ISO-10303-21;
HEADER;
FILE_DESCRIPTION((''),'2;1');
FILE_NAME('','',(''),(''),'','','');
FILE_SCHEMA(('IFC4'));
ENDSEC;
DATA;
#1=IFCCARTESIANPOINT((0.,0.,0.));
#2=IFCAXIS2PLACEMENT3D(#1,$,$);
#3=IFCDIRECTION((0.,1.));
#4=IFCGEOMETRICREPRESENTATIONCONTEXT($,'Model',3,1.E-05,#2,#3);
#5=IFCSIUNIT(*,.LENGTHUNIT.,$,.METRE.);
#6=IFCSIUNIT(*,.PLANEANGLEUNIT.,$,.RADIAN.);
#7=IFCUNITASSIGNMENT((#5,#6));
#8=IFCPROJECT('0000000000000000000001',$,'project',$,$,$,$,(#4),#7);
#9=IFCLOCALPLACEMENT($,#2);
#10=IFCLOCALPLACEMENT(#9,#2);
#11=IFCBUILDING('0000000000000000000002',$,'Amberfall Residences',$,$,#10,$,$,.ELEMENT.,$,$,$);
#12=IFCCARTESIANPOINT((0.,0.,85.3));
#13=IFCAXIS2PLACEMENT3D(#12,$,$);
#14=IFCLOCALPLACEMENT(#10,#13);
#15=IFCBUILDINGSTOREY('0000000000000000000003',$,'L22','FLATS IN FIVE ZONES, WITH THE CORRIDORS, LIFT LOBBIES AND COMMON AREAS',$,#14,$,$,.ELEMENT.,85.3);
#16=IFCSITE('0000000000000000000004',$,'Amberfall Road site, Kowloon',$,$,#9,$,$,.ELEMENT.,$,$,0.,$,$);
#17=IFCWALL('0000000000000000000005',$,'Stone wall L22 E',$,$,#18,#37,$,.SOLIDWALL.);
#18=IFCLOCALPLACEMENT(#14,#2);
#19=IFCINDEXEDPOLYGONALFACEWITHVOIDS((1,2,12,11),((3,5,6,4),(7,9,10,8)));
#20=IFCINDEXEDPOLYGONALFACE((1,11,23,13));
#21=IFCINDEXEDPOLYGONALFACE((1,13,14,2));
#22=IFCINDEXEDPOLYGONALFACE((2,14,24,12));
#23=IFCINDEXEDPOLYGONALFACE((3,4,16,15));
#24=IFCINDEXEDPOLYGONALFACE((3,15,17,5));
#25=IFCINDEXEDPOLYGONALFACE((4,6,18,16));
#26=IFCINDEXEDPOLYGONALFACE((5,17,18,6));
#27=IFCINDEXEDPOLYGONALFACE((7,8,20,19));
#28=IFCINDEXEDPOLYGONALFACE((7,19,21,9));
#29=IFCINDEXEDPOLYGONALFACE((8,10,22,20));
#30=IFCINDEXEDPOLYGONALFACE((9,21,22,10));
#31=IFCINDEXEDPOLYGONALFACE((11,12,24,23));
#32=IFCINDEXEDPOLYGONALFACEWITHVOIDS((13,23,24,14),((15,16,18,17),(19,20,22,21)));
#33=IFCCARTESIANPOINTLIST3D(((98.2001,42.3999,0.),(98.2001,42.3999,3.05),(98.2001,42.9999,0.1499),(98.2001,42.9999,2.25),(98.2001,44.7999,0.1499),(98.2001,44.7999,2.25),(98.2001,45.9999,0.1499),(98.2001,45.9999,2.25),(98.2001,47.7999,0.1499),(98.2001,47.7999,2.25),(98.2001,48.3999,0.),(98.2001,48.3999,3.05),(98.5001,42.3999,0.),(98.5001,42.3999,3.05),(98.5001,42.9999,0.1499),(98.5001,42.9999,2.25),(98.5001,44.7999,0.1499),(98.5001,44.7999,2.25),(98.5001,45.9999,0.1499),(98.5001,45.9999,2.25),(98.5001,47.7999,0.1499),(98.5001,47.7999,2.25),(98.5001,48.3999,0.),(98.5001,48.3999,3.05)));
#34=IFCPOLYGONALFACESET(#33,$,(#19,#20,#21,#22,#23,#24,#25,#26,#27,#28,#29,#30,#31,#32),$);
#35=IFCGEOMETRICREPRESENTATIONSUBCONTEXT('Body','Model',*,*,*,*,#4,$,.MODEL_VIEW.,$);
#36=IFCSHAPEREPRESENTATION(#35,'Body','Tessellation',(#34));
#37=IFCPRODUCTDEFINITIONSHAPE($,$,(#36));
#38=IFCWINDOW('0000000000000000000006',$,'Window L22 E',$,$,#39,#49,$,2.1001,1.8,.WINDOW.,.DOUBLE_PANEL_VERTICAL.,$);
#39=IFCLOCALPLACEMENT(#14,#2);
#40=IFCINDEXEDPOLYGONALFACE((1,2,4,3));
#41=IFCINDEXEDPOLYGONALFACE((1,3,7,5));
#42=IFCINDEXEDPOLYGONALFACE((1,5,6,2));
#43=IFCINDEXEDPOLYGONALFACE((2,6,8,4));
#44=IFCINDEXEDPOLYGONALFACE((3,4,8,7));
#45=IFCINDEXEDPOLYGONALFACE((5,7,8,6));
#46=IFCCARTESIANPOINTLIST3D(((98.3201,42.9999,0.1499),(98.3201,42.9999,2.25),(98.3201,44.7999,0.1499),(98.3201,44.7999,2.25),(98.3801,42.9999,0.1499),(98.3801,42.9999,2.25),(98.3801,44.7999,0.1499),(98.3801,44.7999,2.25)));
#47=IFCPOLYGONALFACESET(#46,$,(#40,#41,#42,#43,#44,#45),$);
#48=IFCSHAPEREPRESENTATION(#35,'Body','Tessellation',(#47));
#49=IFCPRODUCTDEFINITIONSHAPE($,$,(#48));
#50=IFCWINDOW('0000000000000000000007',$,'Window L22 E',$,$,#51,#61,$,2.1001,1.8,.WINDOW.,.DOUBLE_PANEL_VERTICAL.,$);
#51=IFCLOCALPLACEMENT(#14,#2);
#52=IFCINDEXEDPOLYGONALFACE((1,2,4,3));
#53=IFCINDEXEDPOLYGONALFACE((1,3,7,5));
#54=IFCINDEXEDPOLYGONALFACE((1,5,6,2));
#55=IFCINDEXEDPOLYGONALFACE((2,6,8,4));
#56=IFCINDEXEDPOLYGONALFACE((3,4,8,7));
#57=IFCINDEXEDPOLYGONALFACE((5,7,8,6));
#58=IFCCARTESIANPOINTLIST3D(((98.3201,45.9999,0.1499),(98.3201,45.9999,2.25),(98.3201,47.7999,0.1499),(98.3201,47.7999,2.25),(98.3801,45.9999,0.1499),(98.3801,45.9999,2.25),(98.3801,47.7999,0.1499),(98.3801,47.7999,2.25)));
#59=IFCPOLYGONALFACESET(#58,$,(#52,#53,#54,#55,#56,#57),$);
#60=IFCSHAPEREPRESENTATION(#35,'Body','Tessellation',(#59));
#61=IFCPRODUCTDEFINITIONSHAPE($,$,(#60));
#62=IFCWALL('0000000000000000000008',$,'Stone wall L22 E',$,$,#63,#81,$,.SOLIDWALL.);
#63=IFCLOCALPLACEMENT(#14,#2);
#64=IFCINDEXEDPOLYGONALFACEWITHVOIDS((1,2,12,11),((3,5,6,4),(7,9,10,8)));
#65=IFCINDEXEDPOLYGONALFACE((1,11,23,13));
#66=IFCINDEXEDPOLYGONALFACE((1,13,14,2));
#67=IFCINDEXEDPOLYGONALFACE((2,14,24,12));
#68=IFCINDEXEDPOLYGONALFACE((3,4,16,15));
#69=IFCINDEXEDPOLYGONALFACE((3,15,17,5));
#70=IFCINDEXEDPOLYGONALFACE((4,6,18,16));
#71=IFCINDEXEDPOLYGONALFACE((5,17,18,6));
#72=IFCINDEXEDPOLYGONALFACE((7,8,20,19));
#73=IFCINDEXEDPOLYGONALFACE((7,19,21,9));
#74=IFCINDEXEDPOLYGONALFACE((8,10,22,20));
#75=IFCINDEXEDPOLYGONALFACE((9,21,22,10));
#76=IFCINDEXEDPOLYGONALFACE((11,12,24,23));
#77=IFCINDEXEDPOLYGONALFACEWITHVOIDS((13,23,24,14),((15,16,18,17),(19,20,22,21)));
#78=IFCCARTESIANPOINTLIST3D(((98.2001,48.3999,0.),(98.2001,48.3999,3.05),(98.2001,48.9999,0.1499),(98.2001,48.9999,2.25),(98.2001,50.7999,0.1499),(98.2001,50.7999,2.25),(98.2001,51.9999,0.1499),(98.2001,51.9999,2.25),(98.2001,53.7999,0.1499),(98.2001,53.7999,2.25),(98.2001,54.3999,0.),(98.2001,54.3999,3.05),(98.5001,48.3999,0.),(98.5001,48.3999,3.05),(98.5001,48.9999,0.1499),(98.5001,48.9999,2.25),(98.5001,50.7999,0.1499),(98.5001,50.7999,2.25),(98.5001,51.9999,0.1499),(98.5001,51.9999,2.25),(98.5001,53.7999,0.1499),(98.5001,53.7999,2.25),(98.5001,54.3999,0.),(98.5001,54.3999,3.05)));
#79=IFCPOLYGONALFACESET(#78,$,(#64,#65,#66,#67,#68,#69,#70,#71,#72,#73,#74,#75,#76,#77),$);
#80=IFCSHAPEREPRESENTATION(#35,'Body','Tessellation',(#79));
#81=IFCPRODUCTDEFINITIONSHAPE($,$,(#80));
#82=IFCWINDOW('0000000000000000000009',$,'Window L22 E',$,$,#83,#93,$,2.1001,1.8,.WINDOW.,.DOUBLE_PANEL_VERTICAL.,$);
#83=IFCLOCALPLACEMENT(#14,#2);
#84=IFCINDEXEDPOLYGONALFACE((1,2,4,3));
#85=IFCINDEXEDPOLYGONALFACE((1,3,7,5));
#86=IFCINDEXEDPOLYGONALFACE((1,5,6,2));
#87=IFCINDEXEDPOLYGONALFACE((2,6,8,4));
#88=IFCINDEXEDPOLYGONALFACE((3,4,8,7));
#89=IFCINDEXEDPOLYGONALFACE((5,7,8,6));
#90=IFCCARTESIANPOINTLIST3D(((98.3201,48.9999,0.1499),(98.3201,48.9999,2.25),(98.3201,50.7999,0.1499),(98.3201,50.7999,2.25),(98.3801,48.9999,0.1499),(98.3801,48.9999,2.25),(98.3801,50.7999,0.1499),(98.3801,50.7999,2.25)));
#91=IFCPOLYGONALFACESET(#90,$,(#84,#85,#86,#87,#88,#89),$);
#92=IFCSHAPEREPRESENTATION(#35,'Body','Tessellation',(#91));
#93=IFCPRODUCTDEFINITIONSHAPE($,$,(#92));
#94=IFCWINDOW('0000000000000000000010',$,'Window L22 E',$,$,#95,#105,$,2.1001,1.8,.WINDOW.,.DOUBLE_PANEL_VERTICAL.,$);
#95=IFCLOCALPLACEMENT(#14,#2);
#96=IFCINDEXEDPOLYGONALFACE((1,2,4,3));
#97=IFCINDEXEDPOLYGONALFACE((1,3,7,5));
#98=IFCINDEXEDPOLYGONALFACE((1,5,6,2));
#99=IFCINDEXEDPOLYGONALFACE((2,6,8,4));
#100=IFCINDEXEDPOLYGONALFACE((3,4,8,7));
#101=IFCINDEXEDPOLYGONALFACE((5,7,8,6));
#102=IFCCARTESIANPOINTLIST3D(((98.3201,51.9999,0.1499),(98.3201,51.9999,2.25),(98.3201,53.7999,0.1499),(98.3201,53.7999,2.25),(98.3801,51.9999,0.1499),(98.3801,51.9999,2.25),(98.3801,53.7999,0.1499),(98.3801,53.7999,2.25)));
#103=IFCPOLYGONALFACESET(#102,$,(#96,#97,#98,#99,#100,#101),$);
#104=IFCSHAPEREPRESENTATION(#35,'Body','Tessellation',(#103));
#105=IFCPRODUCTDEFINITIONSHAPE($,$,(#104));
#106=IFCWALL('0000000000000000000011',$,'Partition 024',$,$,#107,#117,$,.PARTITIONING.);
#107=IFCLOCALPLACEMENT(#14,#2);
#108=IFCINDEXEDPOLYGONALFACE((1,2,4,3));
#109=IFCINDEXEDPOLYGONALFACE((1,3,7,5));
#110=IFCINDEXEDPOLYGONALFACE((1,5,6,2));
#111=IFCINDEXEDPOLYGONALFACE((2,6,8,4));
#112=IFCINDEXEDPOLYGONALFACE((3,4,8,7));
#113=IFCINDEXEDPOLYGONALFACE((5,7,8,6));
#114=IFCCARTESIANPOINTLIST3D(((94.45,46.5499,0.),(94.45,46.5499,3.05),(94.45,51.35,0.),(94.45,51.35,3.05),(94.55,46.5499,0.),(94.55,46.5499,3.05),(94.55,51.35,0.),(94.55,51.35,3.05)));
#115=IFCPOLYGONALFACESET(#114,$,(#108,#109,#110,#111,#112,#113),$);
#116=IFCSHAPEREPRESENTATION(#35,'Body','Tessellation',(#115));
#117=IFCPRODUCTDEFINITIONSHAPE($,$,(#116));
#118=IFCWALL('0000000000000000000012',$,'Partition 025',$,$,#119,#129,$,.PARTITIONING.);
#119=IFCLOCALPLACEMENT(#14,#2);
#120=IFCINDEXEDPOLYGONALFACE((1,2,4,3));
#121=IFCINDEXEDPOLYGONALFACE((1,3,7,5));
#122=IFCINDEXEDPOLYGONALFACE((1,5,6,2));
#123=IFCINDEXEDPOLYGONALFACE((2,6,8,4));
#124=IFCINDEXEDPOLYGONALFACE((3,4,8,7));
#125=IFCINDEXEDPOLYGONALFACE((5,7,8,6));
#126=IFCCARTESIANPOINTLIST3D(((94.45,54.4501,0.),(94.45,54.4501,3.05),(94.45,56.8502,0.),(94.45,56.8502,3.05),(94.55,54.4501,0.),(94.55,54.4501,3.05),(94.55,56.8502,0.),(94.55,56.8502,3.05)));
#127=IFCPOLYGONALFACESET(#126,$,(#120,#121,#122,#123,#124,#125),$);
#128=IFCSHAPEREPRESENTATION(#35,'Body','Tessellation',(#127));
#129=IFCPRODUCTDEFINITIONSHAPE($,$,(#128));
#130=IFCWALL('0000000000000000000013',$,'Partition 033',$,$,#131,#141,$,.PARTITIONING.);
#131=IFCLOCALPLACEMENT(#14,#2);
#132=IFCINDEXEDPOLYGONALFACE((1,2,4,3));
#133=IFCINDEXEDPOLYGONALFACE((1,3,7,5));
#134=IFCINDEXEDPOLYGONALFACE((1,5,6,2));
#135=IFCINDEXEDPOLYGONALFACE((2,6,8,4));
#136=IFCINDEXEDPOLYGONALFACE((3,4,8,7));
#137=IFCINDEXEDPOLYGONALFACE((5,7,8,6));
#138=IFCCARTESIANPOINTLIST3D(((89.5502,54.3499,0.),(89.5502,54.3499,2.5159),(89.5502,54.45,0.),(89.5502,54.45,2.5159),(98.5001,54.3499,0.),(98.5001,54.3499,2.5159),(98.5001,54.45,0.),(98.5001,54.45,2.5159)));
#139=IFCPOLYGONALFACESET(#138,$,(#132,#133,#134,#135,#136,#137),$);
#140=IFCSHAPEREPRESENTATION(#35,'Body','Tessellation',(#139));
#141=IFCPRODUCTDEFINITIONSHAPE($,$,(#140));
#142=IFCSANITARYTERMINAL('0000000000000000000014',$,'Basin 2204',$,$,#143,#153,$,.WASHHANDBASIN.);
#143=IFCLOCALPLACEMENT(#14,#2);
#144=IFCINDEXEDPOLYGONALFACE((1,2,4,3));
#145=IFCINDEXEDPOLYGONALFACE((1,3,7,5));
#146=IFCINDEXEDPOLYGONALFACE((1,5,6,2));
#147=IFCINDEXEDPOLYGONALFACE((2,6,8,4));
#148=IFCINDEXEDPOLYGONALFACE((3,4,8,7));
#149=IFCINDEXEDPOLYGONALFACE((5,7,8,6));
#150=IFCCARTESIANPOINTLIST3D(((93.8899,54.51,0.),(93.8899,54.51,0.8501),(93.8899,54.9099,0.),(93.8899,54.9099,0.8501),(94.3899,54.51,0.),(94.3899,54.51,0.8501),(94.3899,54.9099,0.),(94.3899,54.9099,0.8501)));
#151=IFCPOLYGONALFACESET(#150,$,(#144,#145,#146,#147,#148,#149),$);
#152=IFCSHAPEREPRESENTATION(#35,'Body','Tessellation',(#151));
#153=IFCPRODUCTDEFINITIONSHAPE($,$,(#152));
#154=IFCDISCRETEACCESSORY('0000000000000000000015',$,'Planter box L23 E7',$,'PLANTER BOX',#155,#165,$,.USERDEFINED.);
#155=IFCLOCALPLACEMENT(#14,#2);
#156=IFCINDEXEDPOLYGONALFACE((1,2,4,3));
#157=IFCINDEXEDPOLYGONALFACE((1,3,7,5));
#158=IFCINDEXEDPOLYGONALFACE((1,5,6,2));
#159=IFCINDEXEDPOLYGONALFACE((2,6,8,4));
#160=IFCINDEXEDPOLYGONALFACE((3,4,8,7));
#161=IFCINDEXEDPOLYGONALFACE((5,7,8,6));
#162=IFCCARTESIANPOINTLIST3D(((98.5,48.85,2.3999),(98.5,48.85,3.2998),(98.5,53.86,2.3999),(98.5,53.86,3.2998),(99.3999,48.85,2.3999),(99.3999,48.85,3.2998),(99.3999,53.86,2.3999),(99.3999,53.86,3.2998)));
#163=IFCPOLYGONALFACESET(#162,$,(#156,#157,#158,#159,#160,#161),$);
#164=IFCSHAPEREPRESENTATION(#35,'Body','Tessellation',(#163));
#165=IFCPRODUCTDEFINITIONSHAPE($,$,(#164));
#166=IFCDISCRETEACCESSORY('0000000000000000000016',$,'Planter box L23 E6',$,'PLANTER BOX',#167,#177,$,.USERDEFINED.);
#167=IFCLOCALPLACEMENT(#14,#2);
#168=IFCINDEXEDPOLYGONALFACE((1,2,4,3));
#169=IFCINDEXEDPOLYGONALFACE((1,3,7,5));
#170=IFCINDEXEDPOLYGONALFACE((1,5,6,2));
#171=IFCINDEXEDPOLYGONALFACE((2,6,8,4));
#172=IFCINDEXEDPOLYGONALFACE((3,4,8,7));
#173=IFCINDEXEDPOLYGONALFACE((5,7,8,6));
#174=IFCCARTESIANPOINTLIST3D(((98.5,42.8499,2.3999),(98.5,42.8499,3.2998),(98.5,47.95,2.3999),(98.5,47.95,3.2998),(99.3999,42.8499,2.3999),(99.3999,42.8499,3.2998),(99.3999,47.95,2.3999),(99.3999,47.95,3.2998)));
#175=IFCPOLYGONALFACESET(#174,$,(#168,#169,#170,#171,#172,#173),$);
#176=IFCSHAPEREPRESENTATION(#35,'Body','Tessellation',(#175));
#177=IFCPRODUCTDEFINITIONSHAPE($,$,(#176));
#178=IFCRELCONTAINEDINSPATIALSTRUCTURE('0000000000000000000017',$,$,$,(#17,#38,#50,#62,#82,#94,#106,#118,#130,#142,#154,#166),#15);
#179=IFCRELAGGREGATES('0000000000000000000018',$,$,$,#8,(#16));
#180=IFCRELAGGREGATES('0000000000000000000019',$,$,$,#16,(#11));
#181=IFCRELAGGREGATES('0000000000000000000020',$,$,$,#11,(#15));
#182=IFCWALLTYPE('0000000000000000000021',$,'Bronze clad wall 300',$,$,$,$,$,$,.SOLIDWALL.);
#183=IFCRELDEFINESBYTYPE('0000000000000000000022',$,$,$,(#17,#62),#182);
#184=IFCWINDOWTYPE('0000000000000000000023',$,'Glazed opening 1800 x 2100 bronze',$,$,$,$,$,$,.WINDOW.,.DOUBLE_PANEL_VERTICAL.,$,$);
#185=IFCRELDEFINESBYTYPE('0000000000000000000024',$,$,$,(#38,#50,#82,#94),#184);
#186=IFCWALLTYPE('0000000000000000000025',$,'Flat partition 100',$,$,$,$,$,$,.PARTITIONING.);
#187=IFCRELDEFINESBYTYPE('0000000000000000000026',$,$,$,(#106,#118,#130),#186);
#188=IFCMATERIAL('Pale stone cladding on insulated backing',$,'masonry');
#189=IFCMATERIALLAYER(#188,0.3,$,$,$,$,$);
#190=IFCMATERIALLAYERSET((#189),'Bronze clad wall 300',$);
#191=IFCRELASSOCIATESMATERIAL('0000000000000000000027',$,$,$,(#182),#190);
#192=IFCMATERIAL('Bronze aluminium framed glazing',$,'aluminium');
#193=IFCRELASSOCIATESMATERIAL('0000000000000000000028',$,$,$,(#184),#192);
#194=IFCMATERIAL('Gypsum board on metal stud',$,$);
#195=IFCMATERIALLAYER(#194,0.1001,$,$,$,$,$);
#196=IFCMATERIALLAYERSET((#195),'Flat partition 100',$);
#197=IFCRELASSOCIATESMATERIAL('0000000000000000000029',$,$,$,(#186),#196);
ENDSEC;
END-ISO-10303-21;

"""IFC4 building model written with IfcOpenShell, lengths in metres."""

from ifc_helpers import new_model, si_unit, direction, frame, frame_2d, origin, origin_2d, place, context, subcontext, project, spatial, rectangle, extrude, material, layer, layer_set, type_object, element, fill, save


model = new_model("IFC4")

# Units and contexts
model_context = context("Model", 3, precision=1e-05, world=origin(), true_north=direction((0.0, 1.0)))
body_context = subcontext(model_context, "Body", "Model", "MODEL_VIEW")
ifc_project = project(units=[si_unit("LENGTHUNIT", "METRE"), si_unit("PLANEANGLEUNIT", "RADIAN")], contexts=[model_context])

# Site, building, storey
site_placement = place(None, origin())
site = spatial("IfcSite", under=ifc_project, at=site_placement, Name="Amberfall Road site, Kowloon", CompositionType="ELEMENT", RefElevation=0.0)
building_placement = place(site_placement, origin())
building = spatial("IfcBuilding", under=site, at=building_placement, Name="Amberfall Residences", CompositionType="ELEMENT")
storey_placement = place(building_placement, frame((0.0, 0.0, 85.3)))
storey = spatial("IfcBuildingStorey", under=building, at=storey_placement, Name="L22", Description="FLATS IN FIVE ZONES, WITH THE CORRIDORS, LIFT LOBBIES AND COMMON AREAS", CompositionType="ELEMENT", Elevation=85.3)

# Shared definitions
ifc_material_1 = material(Name="Pale stone cladding on insulated backing", Category="masonry")
ifc_layer_1 = layer(ifc_material_1, 0.3)
ifc_layer_set_1 = layer_set([ifc_layer_1], Name="Bronze clad wall 300")
wall_type_1 = type_object("IfcWallType", Name="Bronze clad wall 300", PredefinedType="SOLIDWALL", material=ifc_layer_set_1)

# Walls, openings, windows
wall_1_placement = place(storey_placement, frame((98.3501, 42.3999, 0.0), z_axis=(0.0, 0.0, 1.0), x_axis=(0.0, 1.0, 0.0)))
wall_1 = element("IfcWall", 1, at=wall_1_placement, inside=storey, type_object=wall_type_1, Name="Stone wall L22 E", PredefinedType="SOLIDWALL", context=body_context, shape_type="SweptSolid", body=[
    extrude(rectangle(XDim=6.0, YDim=0.3, at=frame_2d((3.0, 0.0))), origin(), (0.0, 0.0, 1.0), 3.05),
])
opening_1_placement = place(wall_1_placement, frame((0.6001, 0.0, 0.1499)))
opening_1 = element("IfcOpeningElement", 2, at=opening_1_placement, cuts=wall_1, PredefinedType="OPENING", context=body_context, shape_type="SweptSolid", body=[
    extrude(rectangle(XDim=1.8, YDim=2.1001, at=frame_2d((0.8999, 1.05))), frame((0.0, 0.1599, 0.0), z_axis=(0.0, -1.0, 0.0), x_axis=(1.0, 0.0, 0.0)), (0.0, 0.0, 1.0), 0.3201),
])
opening_2_placement = place(wall_1_placement, frame((3.6001, 0.0, 0.1499)))
opening_2 = element("IfcOpeningElement", 3, at=opening_2_placement, cuts=wall_1, PredefinedType="OPENING", context=body_context, shape_type="SweptSolid", body=[
    extrude(rectangle(XDim=1.8, YDim=2.1001, at=frame_2d((0.8999, 1.05))), frame((0.0, 0.1599, 0.0), z_axis=(0.0, -1.0, 0.0), x_axis=(1.0, 0.0, 0.0)), (0.0, 0.0, 1.0), 0.3201),
])
ifc_material_2 = material(Name="Bronze aluminium framed glazing", Category="aluminium")
window_type = type_object("IfcWindowType", Name="Glazed opening 1800 x 2100 bronze", PartitioningType="DOUBLE_PANEL_VERTICAL", PredefinedType="WINDOW", material=ifc_material_2)
window_1_placement = place(opening_1_placement, origin())
window_1 = element("IfcWindow", 4, at=window_1_placement, inside=storey, type_object=window_type, Name="Window L22 E", OverallHeight=2.1001, OverallWidth=1.8, PartitioningType="DOUBLE_PANEL_VERTICAL", PredefinedType="WINDOW", context=body_context, shape_type="SweptSolid", body=[
    extrude(rectangle(XDim=1.8, YDim=2.1001, at=frame_2d((0.8999, 1.05))), frame((0.0, 0.03, 0.0), z_axis=(0.0, -1.0, 0.0), x_axis=(1.0, 0.0, 0.0)), (0.0, 0.0, 1.0), 0.0601),
])
fill(opening_1, window_1)
window_2_placement = place(opening_2_placement, origin())
window_2 = element("IfcWindow", 5, at=window_2_placement, inside=storey, type_object=window_type, Name="Window L22 E", OverallHeight=2.1001, OverallWidth=1.8, PartitioningType="DOUBLE_PANEL_VERTICAL", PredefinedType="WINDOW", context=body_context, shape_type="SweptSolid", body=[
    extrude(rectangle(XDim=1.8, YDim=2.1001, at=frame_2d((0.8999, 1.05))), frame((0.0, 0.03, 0.0), z_axis=(0.0, -1.0, 0.0), x_axis=(1.0, 0.0, 0.0)), (0.0, 0.0, 1.0), 0.0601),
])
fill(opening_2, window_2)
wall_2_placement = place(storey_placement, frame((98.3501, 48.3999, 0.0), z_axis=(0.0, 0.0, 1.0), x_axis=(0.0, 1.0, 0.0)))
wall_2 = element("IfcWall", 6, at=wall_2_placement, inside=storey, type_object=wall_type_1, Name="Stone wall L22 E", PredefinedType="SOLIDWALL", context=body_context, shape_type="SweptSolid", body=[
    extrude(rectangle(XDim=6.0, YDim=0.3, at=frame_2d((3.0, 0.0))), origin(), (0.0, 0.0, 1.0), 3.05),
])
opening_3_placement = place(wall_2_placement, frame((0.6001, 0.0, 0.1499)))
opening_3 = element("IfcOpeningElement", 7, at=opening_3_placement, cuts=wall_2, PredefinedType="OPENING", context=body_context, shape_type="SweptSolid", body=[
    extrude(rectangle(XDim=1.8, YDim=2.1001, at=frame_2d((0.8999, 1.05))), frame((0.0, 0.1599, 0.0), z_axis=(0.0, -1.0, 0.0), x_axis=(1.0, 0.0, 0.0)), (0.0, 0.0, 1.0), 0.3201),
])
opening_4_placement = place(wall_2_placement, frame((3.6001, 0.0, 0.1499)))
opening_4 = element("IfcOpeningElement", 8, at=opening_4_placement, cuts=wall_2, PredefinedType="OPENING", context=body_context, shape_type="SweptSolid", body=[
    extrude(rectangle(XDim=1.8, YDim=2.1001, at=frame_2d((0.8999, 1.05))), frame((0.0, 0.1599, 0.0), z_axis=(0.0, -1.0, 0.0), x_axis=(1.0, 0.0, 0.0)), (0.0, 0.0, 1.0), 0.3201),
])
window_3_placement = place(opening_3_placement, origin())
window_3 = element("IfcWindow", 9, at=window_3_placement, inside=storey, type_object=window_type, Name="Window L22 E", OverallHeight=2.1001, OverallWidth=1.8, PartitioningType="DOUBLE_PANEL_VERTICAL", PredefinedType="WINDOW", context=body_context, shape_type="SweptSolid", body=[
    extrude(rectangle(XDim=1.8, YDim=2.1001, at=frame_2d((0.8999, 1.05))), frame((0.0, 0.03, 0.0), z_axis=(0.0, -1.0, 0.0), x_axis=(1.0, 0.0, 0.0)), (0.0, 0.0, 1.0), 0.0601),
])
fill(opening_3, window_3)
window_4_placement = place(opening_4_placement, origin())
window_4 = element("IfcWindow", 10, at=window_4_placement, inside=storey, type_object=window_type, Name="Window L22 E", OverallHeight=2.1001, OverallWidth=1.8, PartitioningType="DOUBLE_PANEL_VERTICAL", PredefinedType="WINDOW", context=body_context, shape_type="SweptSolid", body=[
    extrude(rectangle(XDim=1.8, YDim=2.1001, at=frame_2d((0.8999, 1.05))), frame((0.0, 0.03, 0.0), z_axis=(0.0, -1.0, 0.0), x_axis=(1.0, 0.0, 0.0)), (0.0, 0.0, 1.0), 0.0601),
])
fill(opening_4, window_4)

# Walls
ifc_material_3 = material(Name="Gypsum board on metal stud")
ifc_layer_2 = layer(ifc_material_3, 0.1001)
ifc_layer_set_2 = layer_set([ifc_layer_2], Name="Flat partition 100")
wall_type_2 = type_object("IfcWallType", Name="Flat partition 100", PredefinedType="PARTITIONING", material=ifc_layer_set_2)
wall_3_placement = place(storey_placement, frame((94.5, 46.55, 0.0), z_axis=(0.0, 0.0, 1.0), x_axis=(0.0, 1.0, 0.0)))
element("IfcWall", 11, at=wall_3_placement, inside=storey, type_object=wall_type_2, Name="Partition 024", PredefinedType="PARTITIONING", context=body_context, shape_type="SweptSolid", body=[
    extrude(rectangle(XDim=4.8, YDim=0.1001, at=frame_2d((2.3999, 0.0))), origin(), (0.0, 0.0, 1.0), 3.05),
])
wall_4_placement = place(storey_placement, frame((94.5, 54.45, 0.0), z_axis=(0.0, 0.0, 1.0), x_axis=(0.0, 1.0, 0.0)))
element("IfcWall", 12, at=wall_4_placement, inside=storey, type_object=wall_type_2, Name="Partition 025", PredefinedType="PARTITIONING", context=body_context, shape_type="SweptSolid", body=[
    extrude(rectangle(XDim=2.4001, YDim=0.1001, at=frame_2d((1.2002, 0.0))), origin(), (0.0, 0.0, 1.0), 3.05),
])
wall_5_placement = place(storey_placement, frame((89.55, 54.3999, 0.0), z_axis=(0.0, 0.0, 1.0), x_axis=(1.0, 0.0, 0.0)))
element("IfcWall", 13, at=wall_5_placement, inside=storey, type_object=wall_type_2, Name="Partition 033", PredefinedType="PARTITIONING", context=body_context, shape_type="SweptSolid", body=[
    extrude(rectangle(XDim=8.95, YDim=0.1001, at=frame_2d((4.4751, 0.0))), origin(), (0.0, 0.0, 1.0), 2.5159),
])

# Sanitary terminal
sanitary_terminal_placement = place(storey_placement, frame((94.1399, 54.71, 0.0), z_axis=(0.0, 0.0, 1.0), x_axis=(1.0, 0.0, 0.0)))
element("IfcSanitaryTerminal", 14, at=sanitary_terminal_placement, inside=storey, Name="Basin 2204", PredefinedType="WASHHANDBASIN", context=body_context, shape_type="SweptSolid", body=[
    extrude(rectangle(XDim=0.5, YDim=0.3999, at=origin_2d()), origin(), (0.0, 0.0, 1.0), 0.8501),
])

# Discrete accessories
discrete_accessory_1_placement = place(storey_placement, frame((98.95, 51.355, 2.3999), z_axis=(0.0, 0.0, 1.0), x_axis=(0.0, 1.0, 0.0)))
element("IfcDiscreteAccessory", 15, at=discrete_accessory_1_placement, inside=storey, Name="Planter box L23 E7", ObjectType="PLANTER BOX", PredefinedType="USERDEFINED", context=body_context, shape_type="SweptSolid", body=[
    extrude(rectangle(XDim=5.01, YDim=0.8999, at=origin_2d()), origin(), (0.0, 0.0, 1.0), 0.8999),
])
discrete_accessory_2_placement = place(storey_placement, frame((98.95, 45.3999, 2.3999), z_axis=(0.0, 0.0, 1.0), x_axis=(0.0, 1.0, 0.0)))
element("IfcDiscreteAccessory", 16, at=discrete_accessory_2_placement, inside=storey, Name="Planter box L23 E6", ObjectType="PLANTER BOX", PredefinedType="USERDEFINED", context=body_context, shape_type="SweptSolid", body=[
    extrude(rectangle(XDim=5.1001, YDim=0.8999, at=origin_2d()), origin(), (0.0, 0.0, 1.0), 0.8999),
])

save(model, "model.ifc")
